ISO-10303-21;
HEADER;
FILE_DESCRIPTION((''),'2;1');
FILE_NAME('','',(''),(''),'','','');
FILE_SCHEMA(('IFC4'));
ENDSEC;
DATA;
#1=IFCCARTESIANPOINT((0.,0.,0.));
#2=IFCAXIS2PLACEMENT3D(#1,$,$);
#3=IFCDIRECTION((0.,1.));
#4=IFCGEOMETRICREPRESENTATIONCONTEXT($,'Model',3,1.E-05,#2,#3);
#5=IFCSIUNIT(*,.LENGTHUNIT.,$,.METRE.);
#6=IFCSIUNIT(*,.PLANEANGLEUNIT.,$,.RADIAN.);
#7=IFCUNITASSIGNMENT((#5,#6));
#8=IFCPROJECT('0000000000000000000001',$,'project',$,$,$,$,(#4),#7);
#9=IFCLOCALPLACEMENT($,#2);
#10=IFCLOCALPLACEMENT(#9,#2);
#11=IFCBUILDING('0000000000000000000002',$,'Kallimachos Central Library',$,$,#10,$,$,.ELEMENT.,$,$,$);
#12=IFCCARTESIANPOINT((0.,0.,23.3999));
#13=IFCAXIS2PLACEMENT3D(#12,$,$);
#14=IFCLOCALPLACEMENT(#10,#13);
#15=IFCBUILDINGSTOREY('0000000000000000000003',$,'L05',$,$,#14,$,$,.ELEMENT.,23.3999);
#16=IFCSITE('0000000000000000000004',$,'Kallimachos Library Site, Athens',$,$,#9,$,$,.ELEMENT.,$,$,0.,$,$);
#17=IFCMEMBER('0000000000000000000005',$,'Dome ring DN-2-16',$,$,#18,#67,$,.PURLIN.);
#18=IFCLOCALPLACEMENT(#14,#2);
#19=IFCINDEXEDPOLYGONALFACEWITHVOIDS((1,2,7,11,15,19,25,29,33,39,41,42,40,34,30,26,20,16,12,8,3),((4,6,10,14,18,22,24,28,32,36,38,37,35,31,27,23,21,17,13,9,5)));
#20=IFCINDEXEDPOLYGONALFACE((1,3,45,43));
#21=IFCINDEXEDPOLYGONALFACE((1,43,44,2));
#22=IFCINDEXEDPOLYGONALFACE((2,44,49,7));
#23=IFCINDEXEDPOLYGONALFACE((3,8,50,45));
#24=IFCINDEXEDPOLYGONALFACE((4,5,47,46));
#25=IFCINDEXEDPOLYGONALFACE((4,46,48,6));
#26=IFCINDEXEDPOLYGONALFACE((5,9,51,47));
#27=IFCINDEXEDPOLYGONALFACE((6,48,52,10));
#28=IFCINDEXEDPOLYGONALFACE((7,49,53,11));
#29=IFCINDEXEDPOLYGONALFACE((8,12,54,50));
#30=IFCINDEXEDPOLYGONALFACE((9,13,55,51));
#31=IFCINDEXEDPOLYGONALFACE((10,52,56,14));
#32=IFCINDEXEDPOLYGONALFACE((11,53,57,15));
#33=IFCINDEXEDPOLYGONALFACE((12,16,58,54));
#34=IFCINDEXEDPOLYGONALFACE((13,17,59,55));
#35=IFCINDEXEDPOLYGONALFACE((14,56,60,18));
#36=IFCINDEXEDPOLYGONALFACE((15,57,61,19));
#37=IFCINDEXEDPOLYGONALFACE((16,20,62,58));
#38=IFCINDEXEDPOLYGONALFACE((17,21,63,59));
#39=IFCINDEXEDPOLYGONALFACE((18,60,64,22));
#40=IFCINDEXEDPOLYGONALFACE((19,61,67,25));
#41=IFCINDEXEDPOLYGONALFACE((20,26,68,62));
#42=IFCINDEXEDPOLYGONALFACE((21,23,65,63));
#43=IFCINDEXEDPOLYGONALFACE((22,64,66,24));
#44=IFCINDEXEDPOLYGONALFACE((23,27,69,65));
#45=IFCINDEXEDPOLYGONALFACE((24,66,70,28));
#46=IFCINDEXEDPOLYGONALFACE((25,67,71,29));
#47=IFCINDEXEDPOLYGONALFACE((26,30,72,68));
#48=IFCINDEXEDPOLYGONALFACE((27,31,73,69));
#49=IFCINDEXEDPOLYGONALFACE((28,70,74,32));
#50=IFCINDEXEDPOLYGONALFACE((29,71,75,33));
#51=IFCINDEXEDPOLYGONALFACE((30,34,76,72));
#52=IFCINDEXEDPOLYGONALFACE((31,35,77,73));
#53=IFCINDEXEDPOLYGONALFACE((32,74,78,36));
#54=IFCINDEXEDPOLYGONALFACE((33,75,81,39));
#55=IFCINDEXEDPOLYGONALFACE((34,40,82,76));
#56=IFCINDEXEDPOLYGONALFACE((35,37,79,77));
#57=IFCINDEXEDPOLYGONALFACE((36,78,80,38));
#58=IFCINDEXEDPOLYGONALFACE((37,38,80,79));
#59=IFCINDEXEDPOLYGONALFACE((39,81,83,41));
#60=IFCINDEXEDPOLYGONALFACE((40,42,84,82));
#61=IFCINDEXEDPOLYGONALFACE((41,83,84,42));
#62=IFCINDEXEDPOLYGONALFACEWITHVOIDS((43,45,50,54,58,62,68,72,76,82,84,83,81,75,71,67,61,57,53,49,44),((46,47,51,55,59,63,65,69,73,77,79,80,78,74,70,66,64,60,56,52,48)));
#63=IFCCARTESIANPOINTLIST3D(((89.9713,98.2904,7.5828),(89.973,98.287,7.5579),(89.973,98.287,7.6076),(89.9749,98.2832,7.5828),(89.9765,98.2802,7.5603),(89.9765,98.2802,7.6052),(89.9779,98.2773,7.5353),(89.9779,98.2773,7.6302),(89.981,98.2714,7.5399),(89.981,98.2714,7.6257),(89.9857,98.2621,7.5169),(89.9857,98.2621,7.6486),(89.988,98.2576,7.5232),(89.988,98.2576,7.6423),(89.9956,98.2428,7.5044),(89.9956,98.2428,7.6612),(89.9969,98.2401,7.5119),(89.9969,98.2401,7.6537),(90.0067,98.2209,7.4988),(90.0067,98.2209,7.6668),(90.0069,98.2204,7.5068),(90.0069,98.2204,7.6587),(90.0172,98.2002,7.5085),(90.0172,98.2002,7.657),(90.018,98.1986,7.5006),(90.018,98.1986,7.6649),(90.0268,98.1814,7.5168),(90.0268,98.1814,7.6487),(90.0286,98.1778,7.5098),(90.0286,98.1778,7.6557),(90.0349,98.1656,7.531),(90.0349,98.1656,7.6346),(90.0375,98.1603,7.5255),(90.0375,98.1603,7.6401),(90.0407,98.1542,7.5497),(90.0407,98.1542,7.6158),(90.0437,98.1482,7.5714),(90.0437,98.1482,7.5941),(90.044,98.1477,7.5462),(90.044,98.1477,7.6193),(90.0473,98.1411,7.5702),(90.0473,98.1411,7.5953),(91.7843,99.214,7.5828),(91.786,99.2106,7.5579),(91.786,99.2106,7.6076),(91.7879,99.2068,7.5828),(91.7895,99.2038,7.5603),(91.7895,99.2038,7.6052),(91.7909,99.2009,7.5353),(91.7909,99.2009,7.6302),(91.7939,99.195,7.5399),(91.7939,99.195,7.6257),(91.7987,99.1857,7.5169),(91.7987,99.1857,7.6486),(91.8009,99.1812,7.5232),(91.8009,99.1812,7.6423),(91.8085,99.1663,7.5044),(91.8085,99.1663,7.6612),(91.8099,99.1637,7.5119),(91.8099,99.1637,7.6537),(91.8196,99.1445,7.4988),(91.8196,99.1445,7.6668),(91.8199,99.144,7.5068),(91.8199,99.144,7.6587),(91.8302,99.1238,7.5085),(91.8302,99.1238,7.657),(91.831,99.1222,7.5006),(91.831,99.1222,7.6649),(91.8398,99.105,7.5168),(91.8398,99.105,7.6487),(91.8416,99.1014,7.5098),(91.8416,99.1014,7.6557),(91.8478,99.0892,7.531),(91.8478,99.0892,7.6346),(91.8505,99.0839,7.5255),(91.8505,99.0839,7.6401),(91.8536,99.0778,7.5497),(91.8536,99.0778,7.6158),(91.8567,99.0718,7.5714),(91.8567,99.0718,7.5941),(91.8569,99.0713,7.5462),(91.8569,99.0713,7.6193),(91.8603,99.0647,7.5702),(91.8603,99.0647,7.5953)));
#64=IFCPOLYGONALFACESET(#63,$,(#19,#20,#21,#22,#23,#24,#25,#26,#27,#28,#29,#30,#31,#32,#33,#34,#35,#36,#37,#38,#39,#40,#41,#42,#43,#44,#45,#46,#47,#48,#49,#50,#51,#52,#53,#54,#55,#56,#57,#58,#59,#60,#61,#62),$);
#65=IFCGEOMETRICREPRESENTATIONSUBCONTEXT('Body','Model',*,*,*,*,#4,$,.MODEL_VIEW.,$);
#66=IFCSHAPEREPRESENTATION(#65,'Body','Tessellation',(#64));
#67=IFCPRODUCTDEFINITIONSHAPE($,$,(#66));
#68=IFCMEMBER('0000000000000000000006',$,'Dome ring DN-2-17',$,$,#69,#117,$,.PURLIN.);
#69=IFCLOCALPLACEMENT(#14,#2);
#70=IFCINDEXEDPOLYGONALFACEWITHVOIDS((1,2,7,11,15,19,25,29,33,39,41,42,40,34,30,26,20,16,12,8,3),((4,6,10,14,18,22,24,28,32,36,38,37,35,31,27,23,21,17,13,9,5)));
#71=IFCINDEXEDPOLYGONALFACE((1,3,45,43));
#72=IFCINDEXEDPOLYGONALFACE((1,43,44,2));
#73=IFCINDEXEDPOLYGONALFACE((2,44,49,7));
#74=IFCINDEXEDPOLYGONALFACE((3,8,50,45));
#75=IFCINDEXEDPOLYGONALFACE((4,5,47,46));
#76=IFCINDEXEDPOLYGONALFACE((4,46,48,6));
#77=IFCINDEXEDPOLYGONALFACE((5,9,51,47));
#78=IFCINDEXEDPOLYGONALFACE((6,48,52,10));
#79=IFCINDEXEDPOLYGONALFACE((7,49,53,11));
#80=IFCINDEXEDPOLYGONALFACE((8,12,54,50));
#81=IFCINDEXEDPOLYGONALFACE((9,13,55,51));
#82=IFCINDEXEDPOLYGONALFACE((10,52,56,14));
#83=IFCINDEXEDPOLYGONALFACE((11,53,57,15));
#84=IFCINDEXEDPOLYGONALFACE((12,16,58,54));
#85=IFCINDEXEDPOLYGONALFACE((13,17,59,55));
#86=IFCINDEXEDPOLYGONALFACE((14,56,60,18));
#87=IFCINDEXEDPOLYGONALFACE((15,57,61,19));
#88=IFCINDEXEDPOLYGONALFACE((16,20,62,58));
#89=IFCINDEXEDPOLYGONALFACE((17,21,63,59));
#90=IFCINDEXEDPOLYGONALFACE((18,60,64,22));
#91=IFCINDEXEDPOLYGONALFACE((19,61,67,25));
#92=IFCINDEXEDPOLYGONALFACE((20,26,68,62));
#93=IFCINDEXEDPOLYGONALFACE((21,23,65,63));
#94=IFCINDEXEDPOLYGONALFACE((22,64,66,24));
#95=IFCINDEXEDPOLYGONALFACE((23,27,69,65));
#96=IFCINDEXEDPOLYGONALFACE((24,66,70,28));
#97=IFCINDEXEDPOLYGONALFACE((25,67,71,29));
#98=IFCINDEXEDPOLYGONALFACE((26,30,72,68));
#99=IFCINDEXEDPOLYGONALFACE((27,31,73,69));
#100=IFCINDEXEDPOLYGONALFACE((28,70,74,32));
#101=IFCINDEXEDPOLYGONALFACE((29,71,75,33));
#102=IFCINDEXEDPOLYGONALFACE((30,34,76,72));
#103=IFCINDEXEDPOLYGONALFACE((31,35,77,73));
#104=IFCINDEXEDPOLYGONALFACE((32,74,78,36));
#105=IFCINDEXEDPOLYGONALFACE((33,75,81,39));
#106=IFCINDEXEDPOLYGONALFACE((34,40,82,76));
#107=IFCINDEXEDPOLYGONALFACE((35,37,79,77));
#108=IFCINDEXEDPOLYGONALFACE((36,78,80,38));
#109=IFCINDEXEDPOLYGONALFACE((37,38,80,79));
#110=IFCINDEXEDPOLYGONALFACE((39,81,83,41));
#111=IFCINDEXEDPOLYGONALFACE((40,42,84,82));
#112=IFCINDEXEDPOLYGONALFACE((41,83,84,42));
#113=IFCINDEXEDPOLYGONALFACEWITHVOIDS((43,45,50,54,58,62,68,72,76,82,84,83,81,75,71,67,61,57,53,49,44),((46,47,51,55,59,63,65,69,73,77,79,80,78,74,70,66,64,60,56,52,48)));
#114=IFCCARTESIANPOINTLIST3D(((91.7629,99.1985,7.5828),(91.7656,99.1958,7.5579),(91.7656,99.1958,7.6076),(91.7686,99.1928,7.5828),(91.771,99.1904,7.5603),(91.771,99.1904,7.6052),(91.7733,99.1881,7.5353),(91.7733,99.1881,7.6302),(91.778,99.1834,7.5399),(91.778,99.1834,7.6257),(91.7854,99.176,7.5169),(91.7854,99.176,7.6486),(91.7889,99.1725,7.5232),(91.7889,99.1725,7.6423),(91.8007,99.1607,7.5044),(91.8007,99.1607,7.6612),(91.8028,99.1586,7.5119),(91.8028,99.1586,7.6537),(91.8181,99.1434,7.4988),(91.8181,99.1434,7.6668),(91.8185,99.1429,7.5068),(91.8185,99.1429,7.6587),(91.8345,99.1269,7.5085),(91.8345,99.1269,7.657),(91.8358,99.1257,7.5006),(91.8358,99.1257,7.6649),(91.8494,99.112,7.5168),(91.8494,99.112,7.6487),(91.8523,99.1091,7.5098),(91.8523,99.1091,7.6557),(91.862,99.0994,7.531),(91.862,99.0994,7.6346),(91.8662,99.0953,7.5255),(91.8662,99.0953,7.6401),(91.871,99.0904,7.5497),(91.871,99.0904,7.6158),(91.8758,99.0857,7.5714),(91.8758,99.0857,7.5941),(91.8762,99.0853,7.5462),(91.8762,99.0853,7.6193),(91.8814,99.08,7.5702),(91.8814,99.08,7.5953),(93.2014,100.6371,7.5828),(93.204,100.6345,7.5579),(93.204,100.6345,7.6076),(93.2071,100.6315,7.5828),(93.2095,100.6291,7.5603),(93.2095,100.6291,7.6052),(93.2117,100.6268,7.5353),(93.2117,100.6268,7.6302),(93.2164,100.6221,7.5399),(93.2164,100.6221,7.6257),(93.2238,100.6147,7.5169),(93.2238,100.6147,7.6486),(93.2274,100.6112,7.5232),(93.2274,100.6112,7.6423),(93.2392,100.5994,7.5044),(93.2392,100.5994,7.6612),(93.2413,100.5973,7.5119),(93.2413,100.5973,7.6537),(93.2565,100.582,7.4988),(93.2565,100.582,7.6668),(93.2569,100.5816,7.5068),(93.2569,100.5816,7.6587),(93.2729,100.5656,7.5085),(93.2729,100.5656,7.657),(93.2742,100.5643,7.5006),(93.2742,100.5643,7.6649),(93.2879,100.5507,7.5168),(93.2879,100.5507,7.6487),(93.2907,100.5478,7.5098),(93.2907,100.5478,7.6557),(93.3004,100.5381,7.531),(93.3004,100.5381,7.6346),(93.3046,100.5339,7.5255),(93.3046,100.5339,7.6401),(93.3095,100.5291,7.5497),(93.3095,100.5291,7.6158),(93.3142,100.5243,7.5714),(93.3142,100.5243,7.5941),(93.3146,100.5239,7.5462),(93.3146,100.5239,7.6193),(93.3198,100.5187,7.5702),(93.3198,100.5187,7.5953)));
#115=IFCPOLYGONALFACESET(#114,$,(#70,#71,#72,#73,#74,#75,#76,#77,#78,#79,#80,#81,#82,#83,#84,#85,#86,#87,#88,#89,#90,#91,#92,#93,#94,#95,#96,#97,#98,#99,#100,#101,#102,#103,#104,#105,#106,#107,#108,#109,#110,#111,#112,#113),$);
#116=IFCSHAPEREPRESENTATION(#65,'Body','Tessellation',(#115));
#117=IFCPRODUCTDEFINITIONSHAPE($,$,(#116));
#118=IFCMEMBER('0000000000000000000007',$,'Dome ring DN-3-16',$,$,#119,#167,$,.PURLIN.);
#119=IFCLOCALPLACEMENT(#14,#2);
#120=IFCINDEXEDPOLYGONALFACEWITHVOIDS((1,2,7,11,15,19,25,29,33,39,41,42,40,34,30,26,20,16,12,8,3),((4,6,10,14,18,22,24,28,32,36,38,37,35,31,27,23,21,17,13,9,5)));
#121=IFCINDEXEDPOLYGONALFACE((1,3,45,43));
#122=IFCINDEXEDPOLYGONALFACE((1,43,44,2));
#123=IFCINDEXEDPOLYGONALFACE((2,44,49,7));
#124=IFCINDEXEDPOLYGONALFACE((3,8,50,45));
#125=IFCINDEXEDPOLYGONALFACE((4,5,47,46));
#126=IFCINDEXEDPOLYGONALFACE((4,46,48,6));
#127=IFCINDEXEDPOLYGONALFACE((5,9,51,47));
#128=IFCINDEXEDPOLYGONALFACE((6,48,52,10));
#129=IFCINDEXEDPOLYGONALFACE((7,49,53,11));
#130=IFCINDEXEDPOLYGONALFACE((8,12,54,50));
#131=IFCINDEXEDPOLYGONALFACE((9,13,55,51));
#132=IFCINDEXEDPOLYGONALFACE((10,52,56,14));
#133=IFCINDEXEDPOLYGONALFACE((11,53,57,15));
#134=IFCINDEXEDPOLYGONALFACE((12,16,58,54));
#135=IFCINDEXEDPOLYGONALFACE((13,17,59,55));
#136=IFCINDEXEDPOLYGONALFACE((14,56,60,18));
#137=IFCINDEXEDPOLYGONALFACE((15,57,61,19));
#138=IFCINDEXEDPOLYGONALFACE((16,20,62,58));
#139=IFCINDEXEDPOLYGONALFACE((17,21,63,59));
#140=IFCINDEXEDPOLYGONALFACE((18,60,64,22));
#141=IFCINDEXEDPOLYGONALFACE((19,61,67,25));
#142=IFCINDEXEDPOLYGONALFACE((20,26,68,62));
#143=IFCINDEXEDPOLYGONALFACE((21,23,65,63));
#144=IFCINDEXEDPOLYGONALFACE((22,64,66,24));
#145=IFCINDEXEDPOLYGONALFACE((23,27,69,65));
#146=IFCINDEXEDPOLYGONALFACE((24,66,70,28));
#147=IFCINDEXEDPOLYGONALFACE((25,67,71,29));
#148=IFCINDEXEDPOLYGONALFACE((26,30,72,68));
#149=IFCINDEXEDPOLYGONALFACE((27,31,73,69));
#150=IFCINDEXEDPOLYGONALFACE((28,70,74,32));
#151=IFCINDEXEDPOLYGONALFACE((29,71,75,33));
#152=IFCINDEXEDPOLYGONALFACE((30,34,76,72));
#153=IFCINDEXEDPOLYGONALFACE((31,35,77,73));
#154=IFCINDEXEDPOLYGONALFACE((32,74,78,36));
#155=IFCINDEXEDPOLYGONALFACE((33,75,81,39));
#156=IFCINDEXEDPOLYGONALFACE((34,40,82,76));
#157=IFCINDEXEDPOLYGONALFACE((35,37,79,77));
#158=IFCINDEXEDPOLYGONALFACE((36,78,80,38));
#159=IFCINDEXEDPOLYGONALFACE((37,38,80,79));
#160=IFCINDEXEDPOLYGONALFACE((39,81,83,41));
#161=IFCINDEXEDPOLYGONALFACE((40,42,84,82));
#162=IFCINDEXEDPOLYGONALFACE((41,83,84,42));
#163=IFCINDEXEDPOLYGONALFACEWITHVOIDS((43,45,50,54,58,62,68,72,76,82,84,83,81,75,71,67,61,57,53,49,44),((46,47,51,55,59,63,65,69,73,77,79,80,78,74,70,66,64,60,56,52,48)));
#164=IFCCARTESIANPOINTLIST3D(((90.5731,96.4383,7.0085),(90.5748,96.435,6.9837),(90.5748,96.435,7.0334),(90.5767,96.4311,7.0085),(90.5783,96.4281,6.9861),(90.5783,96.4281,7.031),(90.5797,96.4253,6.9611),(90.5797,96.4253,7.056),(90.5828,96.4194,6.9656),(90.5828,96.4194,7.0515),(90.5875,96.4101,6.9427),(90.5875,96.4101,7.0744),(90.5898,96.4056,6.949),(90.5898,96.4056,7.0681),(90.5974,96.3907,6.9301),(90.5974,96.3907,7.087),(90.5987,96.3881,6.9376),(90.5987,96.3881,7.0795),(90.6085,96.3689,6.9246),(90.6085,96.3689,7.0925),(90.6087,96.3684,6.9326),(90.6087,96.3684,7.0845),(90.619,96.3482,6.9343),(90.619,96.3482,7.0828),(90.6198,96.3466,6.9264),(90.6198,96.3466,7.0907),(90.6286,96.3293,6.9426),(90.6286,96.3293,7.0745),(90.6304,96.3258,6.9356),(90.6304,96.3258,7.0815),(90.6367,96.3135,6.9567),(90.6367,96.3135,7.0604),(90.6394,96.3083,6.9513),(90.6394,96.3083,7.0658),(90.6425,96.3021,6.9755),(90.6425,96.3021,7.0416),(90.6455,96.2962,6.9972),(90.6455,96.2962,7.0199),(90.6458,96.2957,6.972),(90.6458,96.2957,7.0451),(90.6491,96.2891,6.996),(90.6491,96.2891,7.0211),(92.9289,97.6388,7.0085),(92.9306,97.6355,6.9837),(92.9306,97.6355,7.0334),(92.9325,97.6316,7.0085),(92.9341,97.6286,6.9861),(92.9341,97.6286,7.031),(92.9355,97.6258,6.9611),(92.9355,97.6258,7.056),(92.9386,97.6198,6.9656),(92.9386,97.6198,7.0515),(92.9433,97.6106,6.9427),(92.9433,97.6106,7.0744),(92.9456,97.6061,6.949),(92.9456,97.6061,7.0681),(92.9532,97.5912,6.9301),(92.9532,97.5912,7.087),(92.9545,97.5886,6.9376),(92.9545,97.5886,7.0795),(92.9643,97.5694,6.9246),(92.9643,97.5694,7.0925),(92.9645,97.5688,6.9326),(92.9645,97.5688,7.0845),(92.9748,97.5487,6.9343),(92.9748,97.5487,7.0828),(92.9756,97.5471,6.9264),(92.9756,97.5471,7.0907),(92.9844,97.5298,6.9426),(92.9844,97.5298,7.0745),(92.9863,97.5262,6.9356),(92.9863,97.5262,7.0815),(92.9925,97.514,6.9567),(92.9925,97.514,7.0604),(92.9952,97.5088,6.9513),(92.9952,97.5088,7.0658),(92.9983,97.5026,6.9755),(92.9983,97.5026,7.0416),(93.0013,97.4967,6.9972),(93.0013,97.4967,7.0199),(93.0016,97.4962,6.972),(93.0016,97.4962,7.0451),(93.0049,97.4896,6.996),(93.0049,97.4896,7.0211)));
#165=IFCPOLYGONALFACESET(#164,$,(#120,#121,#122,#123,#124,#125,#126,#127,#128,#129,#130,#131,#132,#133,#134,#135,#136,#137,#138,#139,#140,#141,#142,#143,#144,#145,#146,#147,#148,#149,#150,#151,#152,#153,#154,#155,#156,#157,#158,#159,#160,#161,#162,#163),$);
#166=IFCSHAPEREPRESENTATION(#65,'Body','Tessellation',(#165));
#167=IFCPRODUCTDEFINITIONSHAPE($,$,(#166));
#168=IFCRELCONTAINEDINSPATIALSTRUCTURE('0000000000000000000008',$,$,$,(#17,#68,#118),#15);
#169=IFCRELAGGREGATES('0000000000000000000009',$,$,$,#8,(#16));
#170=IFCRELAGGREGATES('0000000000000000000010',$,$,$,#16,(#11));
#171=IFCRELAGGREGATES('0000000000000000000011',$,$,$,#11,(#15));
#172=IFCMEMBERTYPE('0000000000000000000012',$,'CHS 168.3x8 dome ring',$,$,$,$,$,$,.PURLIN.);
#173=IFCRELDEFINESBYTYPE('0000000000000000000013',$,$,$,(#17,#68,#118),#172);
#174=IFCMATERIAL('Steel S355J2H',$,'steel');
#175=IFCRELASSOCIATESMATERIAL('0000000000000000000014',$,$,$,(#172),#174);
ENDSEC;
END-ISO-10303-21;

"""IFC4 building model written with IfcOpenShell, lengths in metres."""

from ifc_helpers import new_model, si_unit, direction, frame, origin, origin_2d, place, context, subcontext, project, spatial, hollow_circle, extrude, material, material_profile, profile_set, type_object, element, save


model = new_model("IFC4")

# Units and contexts
model_context = context("Model", 3, precision=1e-05, world=origin(), true_north=direction((0.0, 1.0)))
body_context = subcontext(model_context, "Body", "Model", "MODEL_VIEW")
ifc_project = project(units=[si_unit("LENGTHUNIT", "METRE"), si_unit("PLANEANGLEUNIT", "RADIAN")], contexts=[model_context])

# Site, building, storey
site_placement = place(None, origin())
site = spatial("IfcSite", under=ifc_project, at=site_placement, Name="Kallimachos Library Site, Athens", CompositionType="ELEMENT", RefElevation=0.0)
building_placement = place(site_placement, origin())
building = spatial("IfcBuilding", under=site, at=building_placement, Name="Kallimachos Central Library", CompositionType="ELEMENT")
storey_placement = place(building_placement, frame((0.0, 0.0, 23.3999)))
storey = spatial("IfcBuildingStorey", under=building, at=storey_placement, Name="L05", CompositionType="ELEMENT", Elevation=23.3999)

# Members
ifc_material_1 = material(Name="Steel S355J2H", Category="steel")
ifc_material_profile_1 = material_profile(ifc_material_1, hollow_circle(Radius=0.0842, WallThickness=0.0081, at=origin_2d()), Name="CHS 168.3x8")
ifc_profile_set_1 = profile_set([ifc_material_profile_1], Name="Steel S355J2H")
member_type_1 = type_object("IfcMemberType", Name="CHS 168.3x8 dome ring", PredefinedType="PURLIN", material=ifc_profile_set_1)
member_1_placement = place(storey_placement, frame((90.0095, 98.2153, 7.5828), z_axis=(0.891042, 0.45392, 0.0), x_axis=(-0.45392, 0.891042, 0.0)))
element("IfcMember", 1, at=member_1_placement, inside=storey, type_object=member_type_1, Name="Dome ring DN-2-16", PredefinedType="PURLIN", context=body_context, shape_type="SweptSolid", body=[
    extrude(hollow_circle(Radius=0.0842, WallThickness=0.0081, at=origin_2d()), origin(), (0.0, 0.0, 1.0), 2.0347),
])
member_2_placement = place(storey_placement, frame((91.8225, 99.1389, 7.5828), z_axis=(0.707047, 0.707167, 0.0), x_axis=(-0.707167, 0.707047, 0.0)))
element("IfcMember", 2, at=member_2_placement, inside=storey, type_object=member_type_1, Name="Dome ring DN-2-17", PredefinedType="PURLIN", context=body_context, shape_type="SweptSolid", body=[
    extrude(hollow_circle(Radius=0.0842, WallThickness=0.0081, at=origin_2d()), origin(), (0.0, 0.0, 1.0), 2.0344),
])
member_3_placement = place(storey_placement, frame((90.6113, 96.3633, 7.0085), z_axis=(0.890985, 0.454034, 0.0), x_axis=(-0.454034, 0.890985, 0.0)))
element("IfcMember", 3, at=member_3_placement, inside=storey, type_object=member_type_1, Name="Dome ring DN-3-16", PredefinedType="PURLIN", context=body_context, shape_type="SweptSolid", body=[
    extrude(hollow_circle(Radius=0.0842, WallThickness=0.0081, at=origin_2d()), origin(), (0.0, 0.0, 1.0), 2.644),
])

save(model, "model.ifc")
